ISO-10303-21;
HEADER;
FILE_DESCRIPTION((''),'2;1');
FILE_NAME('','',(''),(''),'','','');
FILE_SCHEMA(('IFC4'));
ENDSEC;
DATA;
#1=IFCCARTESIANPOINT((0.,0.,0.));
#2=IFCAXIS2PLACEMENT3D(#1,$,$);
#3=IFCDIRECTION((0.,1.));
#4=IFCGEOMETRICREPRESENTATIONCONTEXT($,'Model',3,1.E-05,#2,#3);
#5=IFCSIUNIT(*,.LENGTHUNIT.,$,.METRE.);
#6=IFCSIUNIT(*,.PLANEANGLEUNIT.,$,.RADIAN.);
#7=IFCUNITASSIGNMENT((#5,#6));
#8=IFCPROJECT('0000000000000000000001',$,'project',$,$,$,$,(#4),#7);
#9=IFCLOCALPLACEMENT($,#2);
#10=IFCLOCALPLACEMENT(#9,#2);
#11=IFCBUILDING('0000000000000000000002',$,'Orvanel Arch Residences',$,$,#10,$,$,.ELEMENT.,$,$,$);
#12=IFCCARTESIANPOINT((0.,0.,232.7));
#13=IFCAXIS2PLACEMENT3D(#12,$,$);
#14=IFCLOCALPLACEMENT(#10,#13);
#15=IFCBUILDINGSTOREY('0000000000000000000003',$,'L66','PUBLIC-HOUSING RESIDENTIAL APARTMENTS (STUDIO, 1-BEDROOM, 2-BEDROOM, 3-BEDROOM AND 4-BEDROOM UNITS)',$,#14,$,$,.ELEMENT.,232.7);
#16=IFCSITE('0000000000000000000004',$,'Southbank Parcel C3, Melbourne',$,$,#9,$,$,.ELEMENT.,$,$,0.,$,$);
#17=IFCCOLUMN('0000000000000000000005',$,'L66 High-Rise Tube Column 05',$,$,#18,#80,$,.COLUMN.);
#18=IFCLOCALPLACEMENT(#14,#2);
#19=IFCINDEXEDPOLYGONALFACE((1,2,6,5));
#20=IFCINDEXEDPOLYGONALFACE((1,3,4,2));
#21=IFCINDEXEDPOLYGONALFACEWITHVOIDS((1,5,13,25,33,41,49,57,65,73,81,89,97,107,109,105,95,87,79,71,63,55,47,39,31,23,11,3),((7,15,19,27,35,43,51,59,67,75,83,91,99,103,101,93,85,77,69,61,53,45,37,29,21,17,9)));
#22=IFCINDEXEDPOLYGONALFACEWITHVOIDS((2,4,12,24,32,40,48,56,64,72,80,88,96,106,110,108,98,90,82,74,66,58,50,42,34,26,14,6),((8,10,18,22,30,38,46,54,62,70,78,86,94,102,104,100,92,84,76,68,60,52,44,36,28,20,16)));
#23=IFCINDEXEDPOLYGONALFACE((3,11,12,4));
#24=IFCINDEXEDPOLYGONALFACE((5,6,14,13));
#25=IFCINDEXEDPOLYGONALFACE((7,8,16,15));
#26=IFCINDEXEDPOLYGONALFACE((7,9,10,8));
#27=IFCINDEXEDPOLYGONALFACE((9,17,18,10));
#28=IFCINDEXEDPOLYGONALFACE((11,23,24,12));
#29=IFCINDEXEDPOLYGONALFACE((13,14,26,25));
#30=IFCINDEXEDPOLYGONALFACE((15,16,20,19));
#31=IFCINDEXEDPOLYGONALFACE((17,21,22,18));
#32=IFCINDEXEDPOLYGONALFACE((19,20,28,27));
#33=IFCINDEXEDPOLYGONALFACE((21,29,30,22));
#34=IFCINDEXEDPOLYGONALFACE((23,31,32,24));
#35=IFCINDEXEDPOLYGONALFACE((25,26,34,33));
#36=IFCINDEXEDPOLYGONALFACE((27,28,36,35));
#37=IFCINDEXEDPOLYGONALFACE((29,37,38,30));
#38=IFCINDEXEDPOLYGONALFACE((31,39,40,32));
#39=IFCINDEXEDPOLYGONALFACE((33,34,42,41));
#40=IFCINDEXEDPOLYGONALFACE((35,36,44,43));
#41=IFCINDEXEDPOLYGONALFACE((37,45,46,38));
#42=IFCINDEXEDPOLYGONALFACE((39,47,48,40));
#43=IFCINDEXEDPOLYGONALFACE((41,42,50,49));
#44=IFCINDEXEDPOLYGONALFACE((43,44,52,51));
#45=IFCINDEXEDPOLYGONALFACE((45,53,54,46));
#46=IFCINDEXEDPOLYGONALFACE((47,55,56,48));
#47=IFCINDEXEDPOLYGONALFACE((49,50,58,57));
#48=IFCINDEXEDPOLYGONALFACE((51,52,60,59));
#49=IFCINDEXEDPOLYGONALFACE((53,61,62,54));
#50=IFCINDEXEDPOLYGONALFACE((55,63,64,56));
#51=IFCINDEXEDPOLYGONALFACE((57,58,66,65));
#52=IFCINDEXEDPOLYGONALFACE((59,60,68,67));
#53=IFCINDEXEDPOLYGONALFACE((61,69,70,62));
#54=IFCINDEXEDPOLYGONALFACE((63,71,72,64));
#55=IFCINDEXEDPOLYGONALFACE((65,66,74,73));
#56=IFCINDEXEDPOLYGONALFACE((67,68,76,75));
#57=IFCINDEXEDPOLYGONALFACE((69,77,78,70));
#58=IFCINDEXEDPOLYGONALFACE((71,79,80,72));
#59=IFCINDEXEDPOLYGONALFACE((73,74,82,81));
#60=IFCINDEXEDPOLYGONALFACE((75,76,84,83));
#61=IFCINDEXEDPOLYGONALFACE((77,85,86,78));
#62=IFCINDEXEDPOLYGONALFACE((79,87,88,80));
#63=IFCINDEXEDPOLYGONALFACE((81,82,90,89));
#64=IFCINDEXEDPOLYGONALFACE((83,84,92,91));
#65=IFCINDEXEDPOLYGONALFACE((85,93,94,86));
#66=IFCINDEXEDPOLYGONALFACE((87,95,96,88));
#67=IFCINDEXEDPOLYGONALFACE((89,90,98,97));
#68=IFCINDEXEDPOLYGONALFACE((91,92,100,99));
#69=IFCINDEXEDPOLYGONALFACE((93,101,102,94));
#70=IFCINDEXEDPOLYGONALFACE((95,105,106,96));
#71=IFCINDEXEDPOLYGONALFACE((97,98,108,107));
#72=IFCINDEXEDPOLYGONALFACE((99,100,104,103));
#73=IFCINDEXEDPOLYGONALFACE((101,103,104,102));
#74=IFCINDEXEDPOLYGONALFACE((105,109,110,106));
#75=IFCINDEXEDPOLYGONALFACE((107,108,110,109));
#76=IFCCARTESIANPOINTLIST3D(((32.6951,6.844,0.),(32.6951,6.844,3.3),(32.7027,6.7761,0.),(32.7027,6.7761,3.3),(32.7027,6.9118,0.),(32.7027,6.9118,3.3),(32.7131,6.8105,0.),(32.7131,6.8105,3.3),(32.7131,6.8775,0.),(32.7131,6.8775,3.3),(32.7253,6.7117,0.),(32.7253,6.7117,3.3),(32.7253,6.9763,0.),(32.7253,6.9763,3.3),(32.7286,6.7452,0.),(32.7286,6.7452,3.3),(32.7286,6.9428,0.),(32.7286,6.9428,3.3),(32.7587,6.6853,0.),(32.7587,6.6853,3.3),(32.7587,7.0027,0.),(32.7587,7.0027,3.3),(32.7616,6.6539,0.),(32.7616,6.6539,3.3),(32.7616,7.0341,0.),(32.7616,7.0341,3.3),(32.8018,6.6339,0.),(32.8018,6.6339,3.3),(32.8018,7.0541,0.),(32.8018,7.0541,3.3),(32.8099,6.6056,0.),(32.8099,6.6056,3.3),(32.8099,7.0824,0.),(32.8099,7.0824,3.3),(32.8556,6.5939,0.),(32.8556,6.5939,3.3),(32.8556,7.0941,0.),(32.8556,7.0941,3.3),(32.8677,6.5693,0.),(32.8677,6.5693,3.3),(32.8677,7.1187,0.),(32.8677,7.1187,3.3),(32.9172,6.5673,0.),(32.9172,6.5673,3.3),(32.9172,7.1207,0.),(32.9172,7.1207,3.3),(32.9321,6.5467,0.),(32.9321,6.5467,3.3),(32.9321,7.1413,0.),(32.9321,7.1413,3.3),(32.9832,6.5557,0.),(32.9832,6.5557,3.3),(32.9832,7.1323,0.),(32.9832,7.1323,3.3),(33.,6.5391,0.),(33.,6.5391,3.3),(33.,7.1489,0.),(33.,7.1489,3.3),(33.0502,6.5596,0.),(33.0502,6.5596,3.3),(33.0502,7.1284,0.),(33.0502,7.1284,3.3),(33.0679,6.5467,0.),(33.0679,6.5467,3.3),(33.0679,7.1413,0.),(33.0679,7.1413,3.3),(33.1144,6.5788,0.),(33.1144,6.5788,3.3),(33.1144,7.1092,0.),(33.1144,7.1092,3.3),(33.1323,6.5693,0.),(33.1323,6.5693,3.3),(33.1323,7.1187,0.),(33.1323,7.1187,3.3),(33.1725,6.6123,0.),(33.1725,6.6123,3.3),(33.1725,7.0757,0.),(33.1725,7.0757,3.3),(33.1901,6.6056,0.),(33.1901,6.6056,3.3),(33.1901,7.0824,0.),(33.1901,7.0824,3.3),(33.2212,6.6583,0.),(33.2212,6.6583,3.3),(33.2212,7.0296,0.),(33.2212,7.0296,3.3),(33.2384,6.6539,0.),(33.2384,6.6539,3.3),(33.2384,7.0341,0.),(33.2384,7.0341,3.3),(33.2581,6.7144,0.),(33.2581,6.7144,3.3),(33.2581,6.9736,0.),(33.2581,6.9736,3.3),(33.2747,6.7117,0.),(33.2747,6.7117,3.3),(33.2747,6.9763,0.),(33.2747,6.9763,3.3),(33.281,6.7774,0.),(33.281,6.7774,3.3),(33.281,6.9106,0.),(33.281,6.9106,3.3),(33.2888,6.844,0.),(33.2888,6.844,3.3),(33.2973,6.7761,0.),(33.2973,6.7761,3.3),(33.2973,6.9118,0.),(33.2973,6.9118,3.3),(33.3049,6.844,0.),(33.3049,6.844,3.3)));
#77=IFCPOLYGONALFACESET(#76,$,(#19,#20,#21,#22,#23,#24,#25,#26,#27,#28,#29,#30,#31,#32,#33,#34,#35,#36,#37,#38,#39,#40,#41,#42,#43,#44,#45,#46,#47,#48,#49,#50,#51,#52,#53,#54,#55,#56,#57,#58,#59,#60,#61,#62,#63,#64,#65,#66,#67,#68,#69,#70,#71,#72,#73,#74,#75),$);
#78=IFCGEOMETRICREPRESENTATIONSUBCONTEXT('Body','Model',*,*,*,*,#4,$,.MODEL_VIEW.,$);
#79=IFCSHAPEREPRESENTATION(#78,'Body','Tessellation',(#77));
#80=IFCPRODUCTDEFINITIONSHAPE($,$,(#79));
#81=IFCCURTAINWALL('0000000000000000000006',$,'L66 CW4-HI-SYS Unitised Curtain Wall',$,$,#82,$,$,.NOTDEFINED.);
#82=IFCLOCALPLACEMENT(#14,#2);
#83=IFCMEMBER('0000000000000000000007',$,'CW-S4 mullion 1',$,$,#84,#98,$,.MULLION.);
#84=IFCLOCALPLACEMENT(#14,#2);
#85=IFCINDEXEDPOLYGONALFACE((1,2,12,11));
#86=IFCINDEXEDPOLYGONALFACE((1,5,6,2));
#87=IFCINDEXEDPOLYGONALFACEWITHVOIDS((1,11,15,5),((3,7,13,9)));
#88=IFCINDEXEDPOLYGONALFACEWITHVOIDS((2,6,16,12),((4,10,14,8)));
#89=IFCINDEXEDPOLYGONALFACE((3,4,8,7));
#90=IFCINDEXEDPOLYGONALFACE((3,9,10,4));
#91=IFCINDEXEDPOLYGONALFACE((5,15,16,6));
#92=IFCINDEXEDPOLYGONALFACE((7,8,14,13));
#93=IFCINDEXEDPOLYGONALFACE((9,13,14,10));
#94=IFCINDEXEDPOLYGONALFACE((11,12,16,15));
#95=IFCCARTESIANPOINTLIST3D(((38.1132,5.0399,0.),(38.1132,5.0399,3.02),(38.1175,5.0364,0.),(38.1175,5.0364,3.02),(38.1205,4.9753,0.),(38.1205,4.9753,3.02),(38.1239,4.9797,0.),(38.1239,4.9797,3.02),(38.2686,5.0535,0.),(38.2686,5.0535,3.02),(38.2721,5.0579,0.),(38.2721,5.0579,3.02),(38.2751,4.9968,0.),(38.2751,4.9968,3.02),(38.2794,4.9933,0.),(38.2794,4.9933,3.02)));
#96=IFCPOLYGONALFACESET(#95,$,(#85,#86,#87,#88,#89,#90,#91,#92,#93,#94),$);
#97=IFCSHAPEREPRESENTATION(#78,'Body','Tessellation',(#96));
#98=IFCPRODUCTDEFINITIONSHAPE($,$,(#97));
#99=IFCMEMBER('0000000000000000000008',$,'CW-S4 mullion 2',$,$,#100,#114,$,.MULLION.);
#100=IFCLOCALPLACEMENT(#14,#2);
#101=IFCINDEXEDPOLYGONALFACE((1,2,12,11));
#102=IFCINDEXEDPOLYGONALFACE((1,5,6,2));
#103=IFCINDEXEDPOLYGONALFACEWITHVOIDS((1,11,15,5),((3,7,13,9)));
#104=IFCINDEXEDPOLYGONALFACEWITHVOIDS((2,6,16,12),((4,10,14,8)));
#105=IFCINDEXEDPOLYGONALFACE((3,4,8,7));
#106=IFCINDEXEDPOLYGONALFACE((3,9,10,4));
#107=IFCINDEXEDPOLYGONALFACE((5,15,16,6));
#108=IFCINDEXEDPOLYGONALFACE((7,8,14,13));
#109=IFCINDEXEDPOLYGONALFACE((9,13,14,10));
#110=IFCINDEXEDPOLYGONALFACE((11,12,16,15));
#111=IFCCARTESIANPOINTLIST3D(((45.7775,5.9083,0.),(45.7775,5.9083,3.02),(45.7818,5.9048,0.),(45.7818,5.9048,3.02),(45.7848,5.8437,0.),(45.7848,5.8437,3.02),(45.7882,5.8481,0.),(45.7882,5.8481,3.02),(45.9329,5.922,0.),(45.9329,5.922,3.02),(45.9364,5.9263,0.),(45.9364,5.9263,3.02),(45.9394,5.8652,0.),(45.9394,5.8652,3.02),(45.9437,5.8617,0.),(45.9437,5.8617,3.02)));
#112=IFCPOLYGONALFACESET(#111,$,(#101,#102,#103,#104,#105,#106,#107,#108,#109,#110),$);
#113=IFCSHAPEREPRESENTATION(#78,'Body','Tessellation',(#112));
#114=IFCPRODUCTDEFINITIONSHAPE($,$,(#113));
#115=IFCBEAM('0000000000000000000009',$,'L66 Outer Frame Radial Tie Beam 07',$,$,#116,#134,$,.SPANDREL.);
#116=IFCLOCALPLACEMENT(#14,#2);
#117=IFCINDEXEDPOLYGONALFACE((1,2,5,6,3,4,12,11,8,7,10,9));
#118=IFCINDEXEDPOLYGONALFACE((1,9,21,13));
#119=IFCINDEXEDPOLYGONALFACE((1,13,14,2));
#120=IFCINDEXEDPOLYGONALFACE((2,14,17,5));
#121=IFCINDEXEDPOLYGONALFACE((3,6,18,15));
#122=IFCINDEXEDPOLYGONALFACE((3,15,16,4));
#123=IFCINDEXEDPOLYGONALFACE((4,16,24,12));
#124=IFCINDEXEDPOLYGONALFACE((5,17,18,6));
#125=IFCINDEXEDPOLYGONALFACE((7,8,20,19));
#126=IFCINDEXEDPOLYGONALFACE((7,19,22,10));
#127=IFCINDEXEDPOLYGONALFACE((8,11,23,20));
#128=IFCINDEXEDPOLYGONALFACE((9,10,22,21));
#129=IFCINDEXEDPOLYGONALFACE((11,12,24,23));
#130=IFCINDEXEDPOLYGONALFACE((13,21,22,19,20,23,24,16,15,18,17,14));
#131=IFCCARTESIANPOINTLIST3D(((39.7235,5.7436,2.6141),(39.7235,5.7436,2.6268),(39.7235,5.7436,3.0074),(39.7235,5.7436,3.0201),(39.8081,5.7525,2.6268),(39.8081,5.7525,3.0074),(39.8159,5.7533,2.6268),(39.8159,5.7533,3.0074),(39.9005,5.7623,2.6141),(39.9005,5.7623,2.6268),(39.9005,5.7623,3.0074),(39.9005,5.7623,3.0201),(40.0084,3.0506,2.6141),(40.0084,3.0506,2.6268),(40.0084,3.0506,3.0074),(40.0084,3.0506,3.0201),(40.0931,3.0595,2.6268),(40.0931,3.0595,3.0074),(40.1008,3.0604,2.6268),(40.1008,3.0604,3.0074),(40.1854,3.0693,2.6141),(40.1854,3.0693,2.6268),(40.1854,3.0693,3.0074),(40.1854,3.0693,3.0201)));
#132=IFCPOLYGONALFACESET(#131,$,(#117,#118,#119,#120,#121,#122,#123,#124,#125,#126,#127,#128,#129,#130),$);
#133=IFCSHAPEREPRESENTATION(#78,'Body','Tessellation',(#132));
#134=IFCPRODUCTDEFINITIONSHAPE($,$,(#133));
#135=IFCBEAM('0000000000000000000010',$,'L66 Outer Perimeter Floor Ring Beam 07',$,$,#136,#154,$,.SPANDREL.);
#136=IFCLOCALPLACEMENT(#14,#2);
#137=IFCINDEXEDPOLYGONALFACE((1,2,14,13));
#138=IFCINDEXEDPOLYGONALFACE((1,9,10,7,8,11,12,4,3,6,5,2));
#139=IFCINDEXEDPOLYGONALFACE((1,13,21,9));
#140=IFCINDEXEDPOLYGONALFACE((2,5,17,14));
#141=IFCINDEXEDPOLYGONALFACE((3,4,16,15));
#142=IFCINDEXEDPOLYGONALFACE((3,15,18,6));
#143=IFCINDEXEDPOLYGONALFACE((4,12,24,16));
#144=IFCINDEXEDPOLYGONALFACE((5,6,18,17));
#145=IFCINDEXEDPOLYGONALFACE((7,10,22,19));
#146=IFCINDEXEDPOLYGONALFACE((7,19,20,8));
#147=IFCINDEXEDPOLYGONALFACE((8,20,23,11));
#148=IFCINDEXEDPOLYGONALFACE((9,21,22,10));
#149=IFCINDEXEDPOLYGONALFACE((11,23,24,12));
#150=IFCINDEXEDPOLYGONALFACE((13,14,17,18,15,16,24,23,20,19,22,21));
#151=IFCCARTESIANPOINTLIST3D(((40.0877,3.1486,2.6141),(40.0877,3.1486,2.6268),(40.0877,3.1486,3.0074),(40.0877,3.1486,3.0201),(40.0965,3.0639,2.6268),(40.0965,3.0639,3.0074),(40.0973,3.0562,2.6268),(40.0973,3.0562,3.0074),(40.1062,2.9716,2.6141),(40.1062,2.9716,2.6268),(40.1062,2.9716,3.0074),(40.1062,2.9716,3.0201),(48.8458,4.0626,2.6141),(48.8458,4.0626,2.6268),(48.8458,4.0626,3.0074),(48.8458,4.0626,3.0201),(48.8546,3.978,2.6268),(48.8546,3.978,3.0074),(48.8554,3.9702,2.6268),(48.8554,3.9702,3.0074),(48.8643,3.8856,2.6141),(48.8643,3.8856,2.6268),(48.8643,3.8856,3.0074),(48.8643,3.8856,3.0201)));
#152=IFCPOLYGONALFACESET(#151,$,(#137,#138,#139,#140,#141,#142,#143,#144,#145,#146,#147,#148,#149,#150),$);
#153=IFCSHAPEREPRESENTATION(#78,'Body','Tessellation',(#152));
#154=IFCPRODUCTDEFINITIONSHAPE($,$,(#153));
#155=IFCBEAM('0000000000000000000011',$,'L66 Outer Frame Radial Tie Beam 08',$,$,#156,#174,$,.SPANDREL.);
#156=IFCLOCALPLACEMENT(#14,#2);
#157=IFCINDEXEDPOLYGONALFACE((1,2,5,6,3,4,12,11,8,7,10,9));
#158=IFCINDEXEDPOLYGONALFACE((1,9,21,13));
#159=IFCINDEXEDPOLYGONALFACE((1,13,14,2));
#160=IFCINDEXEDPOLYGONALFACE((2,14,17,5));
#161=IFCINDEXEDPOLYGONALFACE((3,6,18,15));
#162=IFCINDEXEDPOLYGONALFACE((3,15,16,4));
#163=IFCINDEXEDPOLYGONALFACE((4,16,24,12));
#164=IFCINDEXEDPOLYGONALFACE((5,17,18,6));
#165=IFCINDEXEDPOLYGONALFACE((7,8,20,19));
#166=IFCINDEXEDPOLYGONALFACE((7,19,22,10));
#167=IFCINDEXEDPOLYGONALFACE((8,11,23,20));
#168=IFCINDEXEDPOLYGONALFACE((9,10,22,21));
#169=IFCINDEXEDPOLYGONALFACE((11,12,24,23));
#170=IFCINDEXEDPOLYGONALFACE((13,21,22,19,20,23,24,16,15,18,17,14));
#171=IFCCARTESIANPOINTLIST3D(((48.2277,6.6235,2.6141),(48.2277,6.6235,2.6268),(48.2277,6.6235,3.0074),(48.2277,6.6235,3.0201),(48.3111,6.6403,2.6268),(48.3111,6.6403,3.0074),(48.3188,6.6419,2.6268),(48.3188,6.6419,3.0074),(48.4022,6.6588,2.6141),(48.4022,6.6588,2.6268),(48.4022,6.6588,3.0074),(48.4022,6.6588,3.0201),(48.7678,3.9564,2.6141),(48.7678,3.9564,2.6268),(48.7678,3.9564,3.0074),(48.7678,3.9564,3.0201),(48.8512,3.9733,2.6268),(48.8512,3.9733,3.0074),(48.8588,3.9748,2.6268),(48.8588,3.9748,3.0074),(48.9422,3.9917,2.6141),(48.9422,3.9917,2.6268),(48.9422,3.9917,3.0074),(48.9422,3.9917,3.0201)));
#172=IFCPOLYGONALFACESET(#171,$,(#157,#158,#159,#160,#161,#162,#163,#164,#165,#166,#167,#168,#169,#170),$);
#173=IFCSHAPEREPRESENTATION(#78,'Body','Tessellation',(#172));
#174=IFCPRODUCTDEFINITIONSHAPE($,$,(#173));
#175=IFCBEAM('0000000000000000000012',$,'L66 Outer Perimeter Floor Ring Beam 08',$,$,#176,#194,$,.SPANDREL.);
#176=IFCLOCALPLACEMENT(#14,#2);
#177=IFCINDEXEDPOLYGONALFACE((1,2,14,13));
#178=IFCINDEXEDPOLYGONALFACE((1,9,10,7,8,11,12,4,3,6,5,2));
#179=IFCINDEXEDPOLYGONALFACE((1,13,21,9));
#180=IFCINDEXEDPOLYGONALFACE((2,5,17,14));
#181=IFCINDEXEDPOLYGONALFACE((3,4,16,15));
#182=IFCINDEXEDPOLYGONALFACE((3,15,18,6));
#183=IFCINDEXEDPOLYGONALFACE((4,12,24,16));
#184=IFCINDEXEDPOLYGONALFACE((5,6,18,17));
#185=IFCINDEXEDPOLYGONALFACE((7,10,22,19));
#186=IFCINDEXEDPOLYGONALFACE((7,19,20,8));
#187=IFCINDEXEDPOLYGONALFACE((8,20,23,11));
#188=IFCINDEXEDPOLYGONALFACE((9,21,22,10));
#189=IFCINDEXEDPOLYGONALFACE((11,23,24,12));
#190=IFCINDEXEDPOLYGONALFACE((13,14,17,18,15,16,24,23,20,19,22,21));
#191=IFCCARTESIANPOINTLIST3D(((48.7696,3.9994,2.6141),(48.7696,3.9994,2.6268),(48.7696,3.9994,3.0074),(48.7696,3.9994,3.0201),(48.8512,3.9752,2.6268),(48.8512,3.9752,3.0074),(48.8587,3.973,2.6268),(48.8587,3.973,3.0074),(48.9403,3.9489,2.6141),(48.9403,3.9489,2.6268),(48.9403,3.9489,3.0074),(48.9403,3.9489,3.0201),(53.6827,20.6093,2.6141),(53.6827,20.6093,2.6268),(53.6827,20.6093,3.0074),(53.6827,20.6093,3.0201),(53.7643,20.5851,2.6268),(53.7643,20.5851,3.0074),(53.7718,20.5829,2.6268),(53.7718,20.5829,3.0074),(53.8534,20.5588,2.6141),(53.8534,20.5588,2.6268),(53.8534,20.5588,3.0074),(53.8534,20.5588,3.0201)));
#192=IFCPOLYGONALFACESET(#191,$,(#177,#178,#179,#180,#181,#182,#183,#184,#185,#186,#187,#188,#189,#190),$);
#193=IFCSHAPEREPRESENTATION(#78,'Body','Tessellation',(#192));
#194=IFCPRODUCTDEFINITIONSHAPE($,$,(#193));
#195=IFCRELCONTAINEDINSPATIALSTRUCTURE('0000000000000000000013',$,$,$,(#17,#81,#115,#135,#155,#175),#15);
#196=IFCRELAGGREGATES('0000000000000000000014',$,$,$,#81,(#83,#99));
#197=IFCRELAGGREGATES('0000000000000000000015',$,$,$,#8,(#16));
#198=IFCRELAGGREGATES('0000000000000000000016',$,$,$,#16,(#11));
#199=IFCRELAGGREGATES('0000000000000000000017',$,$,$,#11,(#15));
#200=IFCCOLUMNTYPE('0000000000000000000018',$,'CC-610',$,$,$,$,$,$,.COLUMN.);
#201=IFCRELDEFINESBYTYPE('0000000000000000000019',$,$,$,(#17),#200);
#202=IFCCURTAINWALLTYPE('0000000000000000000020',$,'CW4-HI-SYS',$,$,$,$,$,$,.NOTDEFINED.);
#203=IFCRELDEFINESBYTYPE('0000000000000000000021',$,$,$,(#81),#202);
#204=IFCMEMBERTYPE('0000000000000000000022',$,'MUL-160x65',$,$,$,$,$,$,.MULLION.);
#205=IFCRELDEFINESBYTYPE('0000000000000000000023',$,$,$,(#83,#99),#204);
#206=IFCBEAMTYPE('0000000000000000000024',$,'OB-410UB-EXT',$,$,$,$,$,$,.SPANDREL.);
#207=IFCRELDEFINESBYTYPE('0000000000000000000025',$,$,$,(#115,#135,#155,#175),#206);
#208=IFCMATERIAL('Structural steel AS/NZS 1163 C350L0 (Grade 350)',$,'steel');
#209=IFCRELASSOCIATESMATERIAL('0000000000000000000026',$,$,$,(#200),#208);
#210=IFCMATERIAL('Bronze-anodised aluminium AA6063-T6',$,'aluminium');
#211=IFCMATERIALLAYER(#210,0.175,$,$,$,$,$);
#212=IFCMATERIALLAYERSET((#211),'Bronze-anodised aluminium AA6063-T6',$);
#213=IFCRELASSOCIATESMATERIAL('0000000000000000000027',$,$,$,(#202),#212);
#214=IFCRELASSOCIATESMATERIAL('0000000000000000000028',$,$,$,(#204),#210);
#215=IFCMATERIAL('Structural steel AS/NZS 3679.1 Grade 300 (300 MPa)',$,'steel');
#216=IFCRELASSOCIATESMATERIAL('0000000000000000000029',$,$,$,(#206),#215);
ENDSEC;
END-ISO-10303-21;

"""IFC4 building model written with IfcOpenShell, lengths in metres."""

from ifc_helpers import new_model, si_unit, direction, frame, origin, origin_2d, place, context, subcontext, project, spatial, hollow_rectangle, hollow_circle, i_section, extrude, material, layer, layer_set, material_profile, profile_set, type_object, element, aggregate, save


model = new_model("IFC4")

# Units and contexts
model_context = context("Model", 3, precision=1e-05, world=origin(), true_north=direction((0.0, 1.0)))
body_context = subcontext(model_context, "Body", "Model", "MODEL_VIEW")
ifc_project = project(units=[si_unit("LENGTHUNIT", "METRE"), si_unit("PLANEANGLEUNIT", "RADIAN")], contexts=[model_context])

# Site, building, storey
site_placement = place(None, origin())
site = spatial("IfcSite", under=ifc_project, at=site_placement, Name="Southbank Parcel C3, Melbourne", CompositionType="ELEMENT", RefElevation=0.0)
building_placement = place(site_placement, origin())
building = spatial("IfcBuilding", under=site, at=building_placement, Name="Orvanel Arch Residences", CompositionType="ELEMENT")
storey_placement = place(building_placement, frame((0.0, 0.0, 232.7)))
storey = spatial("IfcBuildingStorey", under=building, at=storey_placement, Name="L66", Description="PUBLIC-HOUSING RESIDENTIAL APARTMENTS (STUDIO, 1-BEDROOM, 2-BEDROOM, 3-BEDROOM AND 4-BEDROOM UNITS)", CompositionType="ELEMENT", Elevation=232.7)

# Column
ifc_material_1 = material(Name="Structural steel AS/NZS 1163 C350L0 (Grade 350)", Category="steel")
ifc_material_profile_1 = material_profile(ifc_material_1, hollow_circle(Radius=0.3049, WallThickness=0.0161, at=origin_2d()), Name="CHS610x16")
ifc_profile_set_1 = profile_set([ifc_material_profile_1], Name="Structural steel AS/NZS 1163 C350L0 (Grade 350)")
column_type = type_object("IfcColumnType", Name="CC-610", PredefinedType="COLUMN", material=ifc_profile_set_1)
column_placement = place(storey_placement, frame((33.0, 6.844, 0.0), z_axis=(0.0, 0.0, 1.0), x_axis=(1.0, 0.0, 0.0)))
element("IfcColumn", 1, at=column_placement, inside=storey, type_object=column_type, Name="L66 High-Rise Tube Column 05", PredefinedType="COLUMN", context=body_context, shape_type="SweptSolid", body=[
    extrude(hollow_circle(Radius=0.3049, WallThickness=0.0161, at=origin_2d()), origin(), (0.0, 0.0, 1.0), 3.3),
])

# Curtain wall, members
ifc_material_2 = material(Name="Bronze-anodised aluminium AA6063-T6", Category="aluminium")
ifc_layer_1 = layer(ifc_material_2, 0.175)
ifc_layer_set_1 = layer_set([ifc_layer_1], Name="Bronze-anodised aluminium AA6063-T6")
curtain_wall_type = type_object("IfcCurtainWallType", Name="CW4-HI-SYS", PredefinedType="NOTDEFINED", material=ifc_layer_set_1)
curtain_wall_placement = place(storey_placement, origin())
curtain_wall = element("IfcCurtainWall", 2, at=curtain_wall_placement, inside=storey, type_object=curtain_wall_type, Name="L66 CW4-HI-SYS Unitised Curtain Wall", PredefinedType="NOTDEFINED")
ifc_material_profile_2 = material_profile(ifc_material_2, hollow_rectangle(XDim=0.0649, YDim=0.1599, WallThickness=0.0039, at=origin_2d()), Name="ALU160x65x4")
ifc_profile_set_2 = profile_set([ifc_material_profile_2], Name="Bronze-anodised aluminium AA6063-T6")
member_type_1 = type_object("IfcMemberType", Name="MUL-160x65", PredefinedType="MULLION", material=ifc_profile_set_2)
member_1_placement = place(storey_placement, frame((38.1963, 5.0166, 0.0), z_axis=(0.0, 0.0, 1.0), x_axis=(-0.112578, 0.993643, 0.0)))
member_1 = element("IfcMember", 3, at=member_1_placement, type_object=member_type_1, Name="CW-S4 mullion 1", PredefinedType="MULLION", context=body_context, shape_type="SweptSolid", body=[
    extrude(hollow_rectangle(XDim=0.0649, YDim=0.1599, WallThickness=0.0039, at=origin_2d()), origin(), (0.0, 0.0, 1.0), 3.02),
])
member_2_placement = place(storey_placement, frame((45.8606, 5.885, 0.0), z_axis=(0.0, 0.0, 1.0), x_axis=(-0.112578, 0.993643, 0.0)))
member_2 = element("IfcMember", 4, at=member_2_placement, type_object=member_type_1, Name="CW-S4 mullion 2", PredefinedType="MULLION", context=body_context, shape_type="SweptSolid", body=[
    extrude(hollow_rectangle(XDim=0.0649, YDim=0.1599, WallThickness=0.0039, at=origin_2d()), origin(), (0.0, 0.0, 1.0), 3.02),
])

# Beams
ifc_material_3 = material(Name="Structural steel AS/NZS 3679.1 Grade 300 (300 MPa)", Category="steel")
ifc_material_profile_3 = material_profile(ifc_material_3, i_section(OverallWidth=0.178, OverallDepth=0.406, WebThickness=0.0078, FlangeThickness=0.0127, at=origin_2d()), Name="410UB59.7")
ifc_profile_set_3 = profile_set([ifc_material_profile_3], Name="Structural steel AS/NZS 3679.1 Grade 300 (300 MPa)")
beam_type = type_object("IfcBeamType", Name="OB-410UB-EXT", PredefinedType="SPANDREL", material=ifc_profile_set_3)
beam_1_placement = place(storey_placement, frame((39.812, 5.7529, 2.8171), z_axis=(0.105215, -0.994449, 0.0), x_axis=(0.994449, 0.105215, 0.0)))
element("IfcBeam", 5, at=beam_1_placement, inside=storey, type_object=beam_type, Name="L66 Outer Frame Radial Tie Beam 07", PredefinedType="SPANDREL", context=body_context, shape_type="SweptSolid", body=[
    extrude(i_section(OverallWidth=0.178, OverallDepth=0.406, WebThickness=0.0078, FlangeThickness=0.0127, at=origin_2d()), origin(), (0.0, 0.0, 1.0), 2.708),
])
beam_2_placement = place(storey_placement, frame((40.0969, 3.0601, 2.8171), z_axis=(0.994598, 0.103804, 0.0), x_axis=(-0.103804, 0.994598, 0.0)))
element("IfcBeam", 6, at=beam_2_placement, inside=storey, type_object=beam_type, Name="L66 Outer Perimeter Floor Ring Beam 07", PredefinedType="SPANDREL", context=body_context, shape_type="SweptSolid", body=[
    extrude(i_section(OverallWidth=0.178, OverallDepth=0.406, WebThickness=0.0078, FlangeThickness=0.0127, at=origin_2d()), origin(), (0.0, 0.0, 1.0), 8.8057),
])
beam_3_placement = place(storey_placement, frame((48.3149, 6.6411, 2.8171), z_axis=(0.198462, -0.980109, 0.0), x_axis=(0.980109, 0.198462, 0.0)))
element("IfcBeam", 7, at=beam_3_placement, inside=storey, type_object=beam_type, Name="L66 Outer Frame Radial Tie Beam 08", PredefinedType="SPANDREL", context=body_context, shape_type="SweptSolid", body=[
    extrude(i_section(OverallWidth=0.178, OverallDepth=0.406, WebThickness=0.0078, FlangeThickness=0.0127, at=origin_2d()), origin(), (0.0, 0.0, 1.0), 2.7212),
])
beam_4_placement = place(storey_placement, frame((48.855, 3.9741, 2.8171), z_axis=(0.283645, 0.958929, 0.0), x_axis=(-0.958929, 0.283645, 0.0)))
element("IfcBeam", 8, at=beam_4_placement, inside=storey, type_object=beam_type, Name="L66 Outer Perimeter Floor Ring Beam 08", PredefinedType="SPANDREL", context=body_context, shape_type="SweptSolid", body=[
    extrude(i_section(OverallWidth=0.178, OverallDepth=0.406, WebThickness=0.0078, FlangeThickness=0.0127, at=origin_2d()), origin(), (0.0, 0.0, 1.0), 17.3213),
])

aggregate(curtain_wall, [member_1, member_2])

save(model, "model.ifc")
